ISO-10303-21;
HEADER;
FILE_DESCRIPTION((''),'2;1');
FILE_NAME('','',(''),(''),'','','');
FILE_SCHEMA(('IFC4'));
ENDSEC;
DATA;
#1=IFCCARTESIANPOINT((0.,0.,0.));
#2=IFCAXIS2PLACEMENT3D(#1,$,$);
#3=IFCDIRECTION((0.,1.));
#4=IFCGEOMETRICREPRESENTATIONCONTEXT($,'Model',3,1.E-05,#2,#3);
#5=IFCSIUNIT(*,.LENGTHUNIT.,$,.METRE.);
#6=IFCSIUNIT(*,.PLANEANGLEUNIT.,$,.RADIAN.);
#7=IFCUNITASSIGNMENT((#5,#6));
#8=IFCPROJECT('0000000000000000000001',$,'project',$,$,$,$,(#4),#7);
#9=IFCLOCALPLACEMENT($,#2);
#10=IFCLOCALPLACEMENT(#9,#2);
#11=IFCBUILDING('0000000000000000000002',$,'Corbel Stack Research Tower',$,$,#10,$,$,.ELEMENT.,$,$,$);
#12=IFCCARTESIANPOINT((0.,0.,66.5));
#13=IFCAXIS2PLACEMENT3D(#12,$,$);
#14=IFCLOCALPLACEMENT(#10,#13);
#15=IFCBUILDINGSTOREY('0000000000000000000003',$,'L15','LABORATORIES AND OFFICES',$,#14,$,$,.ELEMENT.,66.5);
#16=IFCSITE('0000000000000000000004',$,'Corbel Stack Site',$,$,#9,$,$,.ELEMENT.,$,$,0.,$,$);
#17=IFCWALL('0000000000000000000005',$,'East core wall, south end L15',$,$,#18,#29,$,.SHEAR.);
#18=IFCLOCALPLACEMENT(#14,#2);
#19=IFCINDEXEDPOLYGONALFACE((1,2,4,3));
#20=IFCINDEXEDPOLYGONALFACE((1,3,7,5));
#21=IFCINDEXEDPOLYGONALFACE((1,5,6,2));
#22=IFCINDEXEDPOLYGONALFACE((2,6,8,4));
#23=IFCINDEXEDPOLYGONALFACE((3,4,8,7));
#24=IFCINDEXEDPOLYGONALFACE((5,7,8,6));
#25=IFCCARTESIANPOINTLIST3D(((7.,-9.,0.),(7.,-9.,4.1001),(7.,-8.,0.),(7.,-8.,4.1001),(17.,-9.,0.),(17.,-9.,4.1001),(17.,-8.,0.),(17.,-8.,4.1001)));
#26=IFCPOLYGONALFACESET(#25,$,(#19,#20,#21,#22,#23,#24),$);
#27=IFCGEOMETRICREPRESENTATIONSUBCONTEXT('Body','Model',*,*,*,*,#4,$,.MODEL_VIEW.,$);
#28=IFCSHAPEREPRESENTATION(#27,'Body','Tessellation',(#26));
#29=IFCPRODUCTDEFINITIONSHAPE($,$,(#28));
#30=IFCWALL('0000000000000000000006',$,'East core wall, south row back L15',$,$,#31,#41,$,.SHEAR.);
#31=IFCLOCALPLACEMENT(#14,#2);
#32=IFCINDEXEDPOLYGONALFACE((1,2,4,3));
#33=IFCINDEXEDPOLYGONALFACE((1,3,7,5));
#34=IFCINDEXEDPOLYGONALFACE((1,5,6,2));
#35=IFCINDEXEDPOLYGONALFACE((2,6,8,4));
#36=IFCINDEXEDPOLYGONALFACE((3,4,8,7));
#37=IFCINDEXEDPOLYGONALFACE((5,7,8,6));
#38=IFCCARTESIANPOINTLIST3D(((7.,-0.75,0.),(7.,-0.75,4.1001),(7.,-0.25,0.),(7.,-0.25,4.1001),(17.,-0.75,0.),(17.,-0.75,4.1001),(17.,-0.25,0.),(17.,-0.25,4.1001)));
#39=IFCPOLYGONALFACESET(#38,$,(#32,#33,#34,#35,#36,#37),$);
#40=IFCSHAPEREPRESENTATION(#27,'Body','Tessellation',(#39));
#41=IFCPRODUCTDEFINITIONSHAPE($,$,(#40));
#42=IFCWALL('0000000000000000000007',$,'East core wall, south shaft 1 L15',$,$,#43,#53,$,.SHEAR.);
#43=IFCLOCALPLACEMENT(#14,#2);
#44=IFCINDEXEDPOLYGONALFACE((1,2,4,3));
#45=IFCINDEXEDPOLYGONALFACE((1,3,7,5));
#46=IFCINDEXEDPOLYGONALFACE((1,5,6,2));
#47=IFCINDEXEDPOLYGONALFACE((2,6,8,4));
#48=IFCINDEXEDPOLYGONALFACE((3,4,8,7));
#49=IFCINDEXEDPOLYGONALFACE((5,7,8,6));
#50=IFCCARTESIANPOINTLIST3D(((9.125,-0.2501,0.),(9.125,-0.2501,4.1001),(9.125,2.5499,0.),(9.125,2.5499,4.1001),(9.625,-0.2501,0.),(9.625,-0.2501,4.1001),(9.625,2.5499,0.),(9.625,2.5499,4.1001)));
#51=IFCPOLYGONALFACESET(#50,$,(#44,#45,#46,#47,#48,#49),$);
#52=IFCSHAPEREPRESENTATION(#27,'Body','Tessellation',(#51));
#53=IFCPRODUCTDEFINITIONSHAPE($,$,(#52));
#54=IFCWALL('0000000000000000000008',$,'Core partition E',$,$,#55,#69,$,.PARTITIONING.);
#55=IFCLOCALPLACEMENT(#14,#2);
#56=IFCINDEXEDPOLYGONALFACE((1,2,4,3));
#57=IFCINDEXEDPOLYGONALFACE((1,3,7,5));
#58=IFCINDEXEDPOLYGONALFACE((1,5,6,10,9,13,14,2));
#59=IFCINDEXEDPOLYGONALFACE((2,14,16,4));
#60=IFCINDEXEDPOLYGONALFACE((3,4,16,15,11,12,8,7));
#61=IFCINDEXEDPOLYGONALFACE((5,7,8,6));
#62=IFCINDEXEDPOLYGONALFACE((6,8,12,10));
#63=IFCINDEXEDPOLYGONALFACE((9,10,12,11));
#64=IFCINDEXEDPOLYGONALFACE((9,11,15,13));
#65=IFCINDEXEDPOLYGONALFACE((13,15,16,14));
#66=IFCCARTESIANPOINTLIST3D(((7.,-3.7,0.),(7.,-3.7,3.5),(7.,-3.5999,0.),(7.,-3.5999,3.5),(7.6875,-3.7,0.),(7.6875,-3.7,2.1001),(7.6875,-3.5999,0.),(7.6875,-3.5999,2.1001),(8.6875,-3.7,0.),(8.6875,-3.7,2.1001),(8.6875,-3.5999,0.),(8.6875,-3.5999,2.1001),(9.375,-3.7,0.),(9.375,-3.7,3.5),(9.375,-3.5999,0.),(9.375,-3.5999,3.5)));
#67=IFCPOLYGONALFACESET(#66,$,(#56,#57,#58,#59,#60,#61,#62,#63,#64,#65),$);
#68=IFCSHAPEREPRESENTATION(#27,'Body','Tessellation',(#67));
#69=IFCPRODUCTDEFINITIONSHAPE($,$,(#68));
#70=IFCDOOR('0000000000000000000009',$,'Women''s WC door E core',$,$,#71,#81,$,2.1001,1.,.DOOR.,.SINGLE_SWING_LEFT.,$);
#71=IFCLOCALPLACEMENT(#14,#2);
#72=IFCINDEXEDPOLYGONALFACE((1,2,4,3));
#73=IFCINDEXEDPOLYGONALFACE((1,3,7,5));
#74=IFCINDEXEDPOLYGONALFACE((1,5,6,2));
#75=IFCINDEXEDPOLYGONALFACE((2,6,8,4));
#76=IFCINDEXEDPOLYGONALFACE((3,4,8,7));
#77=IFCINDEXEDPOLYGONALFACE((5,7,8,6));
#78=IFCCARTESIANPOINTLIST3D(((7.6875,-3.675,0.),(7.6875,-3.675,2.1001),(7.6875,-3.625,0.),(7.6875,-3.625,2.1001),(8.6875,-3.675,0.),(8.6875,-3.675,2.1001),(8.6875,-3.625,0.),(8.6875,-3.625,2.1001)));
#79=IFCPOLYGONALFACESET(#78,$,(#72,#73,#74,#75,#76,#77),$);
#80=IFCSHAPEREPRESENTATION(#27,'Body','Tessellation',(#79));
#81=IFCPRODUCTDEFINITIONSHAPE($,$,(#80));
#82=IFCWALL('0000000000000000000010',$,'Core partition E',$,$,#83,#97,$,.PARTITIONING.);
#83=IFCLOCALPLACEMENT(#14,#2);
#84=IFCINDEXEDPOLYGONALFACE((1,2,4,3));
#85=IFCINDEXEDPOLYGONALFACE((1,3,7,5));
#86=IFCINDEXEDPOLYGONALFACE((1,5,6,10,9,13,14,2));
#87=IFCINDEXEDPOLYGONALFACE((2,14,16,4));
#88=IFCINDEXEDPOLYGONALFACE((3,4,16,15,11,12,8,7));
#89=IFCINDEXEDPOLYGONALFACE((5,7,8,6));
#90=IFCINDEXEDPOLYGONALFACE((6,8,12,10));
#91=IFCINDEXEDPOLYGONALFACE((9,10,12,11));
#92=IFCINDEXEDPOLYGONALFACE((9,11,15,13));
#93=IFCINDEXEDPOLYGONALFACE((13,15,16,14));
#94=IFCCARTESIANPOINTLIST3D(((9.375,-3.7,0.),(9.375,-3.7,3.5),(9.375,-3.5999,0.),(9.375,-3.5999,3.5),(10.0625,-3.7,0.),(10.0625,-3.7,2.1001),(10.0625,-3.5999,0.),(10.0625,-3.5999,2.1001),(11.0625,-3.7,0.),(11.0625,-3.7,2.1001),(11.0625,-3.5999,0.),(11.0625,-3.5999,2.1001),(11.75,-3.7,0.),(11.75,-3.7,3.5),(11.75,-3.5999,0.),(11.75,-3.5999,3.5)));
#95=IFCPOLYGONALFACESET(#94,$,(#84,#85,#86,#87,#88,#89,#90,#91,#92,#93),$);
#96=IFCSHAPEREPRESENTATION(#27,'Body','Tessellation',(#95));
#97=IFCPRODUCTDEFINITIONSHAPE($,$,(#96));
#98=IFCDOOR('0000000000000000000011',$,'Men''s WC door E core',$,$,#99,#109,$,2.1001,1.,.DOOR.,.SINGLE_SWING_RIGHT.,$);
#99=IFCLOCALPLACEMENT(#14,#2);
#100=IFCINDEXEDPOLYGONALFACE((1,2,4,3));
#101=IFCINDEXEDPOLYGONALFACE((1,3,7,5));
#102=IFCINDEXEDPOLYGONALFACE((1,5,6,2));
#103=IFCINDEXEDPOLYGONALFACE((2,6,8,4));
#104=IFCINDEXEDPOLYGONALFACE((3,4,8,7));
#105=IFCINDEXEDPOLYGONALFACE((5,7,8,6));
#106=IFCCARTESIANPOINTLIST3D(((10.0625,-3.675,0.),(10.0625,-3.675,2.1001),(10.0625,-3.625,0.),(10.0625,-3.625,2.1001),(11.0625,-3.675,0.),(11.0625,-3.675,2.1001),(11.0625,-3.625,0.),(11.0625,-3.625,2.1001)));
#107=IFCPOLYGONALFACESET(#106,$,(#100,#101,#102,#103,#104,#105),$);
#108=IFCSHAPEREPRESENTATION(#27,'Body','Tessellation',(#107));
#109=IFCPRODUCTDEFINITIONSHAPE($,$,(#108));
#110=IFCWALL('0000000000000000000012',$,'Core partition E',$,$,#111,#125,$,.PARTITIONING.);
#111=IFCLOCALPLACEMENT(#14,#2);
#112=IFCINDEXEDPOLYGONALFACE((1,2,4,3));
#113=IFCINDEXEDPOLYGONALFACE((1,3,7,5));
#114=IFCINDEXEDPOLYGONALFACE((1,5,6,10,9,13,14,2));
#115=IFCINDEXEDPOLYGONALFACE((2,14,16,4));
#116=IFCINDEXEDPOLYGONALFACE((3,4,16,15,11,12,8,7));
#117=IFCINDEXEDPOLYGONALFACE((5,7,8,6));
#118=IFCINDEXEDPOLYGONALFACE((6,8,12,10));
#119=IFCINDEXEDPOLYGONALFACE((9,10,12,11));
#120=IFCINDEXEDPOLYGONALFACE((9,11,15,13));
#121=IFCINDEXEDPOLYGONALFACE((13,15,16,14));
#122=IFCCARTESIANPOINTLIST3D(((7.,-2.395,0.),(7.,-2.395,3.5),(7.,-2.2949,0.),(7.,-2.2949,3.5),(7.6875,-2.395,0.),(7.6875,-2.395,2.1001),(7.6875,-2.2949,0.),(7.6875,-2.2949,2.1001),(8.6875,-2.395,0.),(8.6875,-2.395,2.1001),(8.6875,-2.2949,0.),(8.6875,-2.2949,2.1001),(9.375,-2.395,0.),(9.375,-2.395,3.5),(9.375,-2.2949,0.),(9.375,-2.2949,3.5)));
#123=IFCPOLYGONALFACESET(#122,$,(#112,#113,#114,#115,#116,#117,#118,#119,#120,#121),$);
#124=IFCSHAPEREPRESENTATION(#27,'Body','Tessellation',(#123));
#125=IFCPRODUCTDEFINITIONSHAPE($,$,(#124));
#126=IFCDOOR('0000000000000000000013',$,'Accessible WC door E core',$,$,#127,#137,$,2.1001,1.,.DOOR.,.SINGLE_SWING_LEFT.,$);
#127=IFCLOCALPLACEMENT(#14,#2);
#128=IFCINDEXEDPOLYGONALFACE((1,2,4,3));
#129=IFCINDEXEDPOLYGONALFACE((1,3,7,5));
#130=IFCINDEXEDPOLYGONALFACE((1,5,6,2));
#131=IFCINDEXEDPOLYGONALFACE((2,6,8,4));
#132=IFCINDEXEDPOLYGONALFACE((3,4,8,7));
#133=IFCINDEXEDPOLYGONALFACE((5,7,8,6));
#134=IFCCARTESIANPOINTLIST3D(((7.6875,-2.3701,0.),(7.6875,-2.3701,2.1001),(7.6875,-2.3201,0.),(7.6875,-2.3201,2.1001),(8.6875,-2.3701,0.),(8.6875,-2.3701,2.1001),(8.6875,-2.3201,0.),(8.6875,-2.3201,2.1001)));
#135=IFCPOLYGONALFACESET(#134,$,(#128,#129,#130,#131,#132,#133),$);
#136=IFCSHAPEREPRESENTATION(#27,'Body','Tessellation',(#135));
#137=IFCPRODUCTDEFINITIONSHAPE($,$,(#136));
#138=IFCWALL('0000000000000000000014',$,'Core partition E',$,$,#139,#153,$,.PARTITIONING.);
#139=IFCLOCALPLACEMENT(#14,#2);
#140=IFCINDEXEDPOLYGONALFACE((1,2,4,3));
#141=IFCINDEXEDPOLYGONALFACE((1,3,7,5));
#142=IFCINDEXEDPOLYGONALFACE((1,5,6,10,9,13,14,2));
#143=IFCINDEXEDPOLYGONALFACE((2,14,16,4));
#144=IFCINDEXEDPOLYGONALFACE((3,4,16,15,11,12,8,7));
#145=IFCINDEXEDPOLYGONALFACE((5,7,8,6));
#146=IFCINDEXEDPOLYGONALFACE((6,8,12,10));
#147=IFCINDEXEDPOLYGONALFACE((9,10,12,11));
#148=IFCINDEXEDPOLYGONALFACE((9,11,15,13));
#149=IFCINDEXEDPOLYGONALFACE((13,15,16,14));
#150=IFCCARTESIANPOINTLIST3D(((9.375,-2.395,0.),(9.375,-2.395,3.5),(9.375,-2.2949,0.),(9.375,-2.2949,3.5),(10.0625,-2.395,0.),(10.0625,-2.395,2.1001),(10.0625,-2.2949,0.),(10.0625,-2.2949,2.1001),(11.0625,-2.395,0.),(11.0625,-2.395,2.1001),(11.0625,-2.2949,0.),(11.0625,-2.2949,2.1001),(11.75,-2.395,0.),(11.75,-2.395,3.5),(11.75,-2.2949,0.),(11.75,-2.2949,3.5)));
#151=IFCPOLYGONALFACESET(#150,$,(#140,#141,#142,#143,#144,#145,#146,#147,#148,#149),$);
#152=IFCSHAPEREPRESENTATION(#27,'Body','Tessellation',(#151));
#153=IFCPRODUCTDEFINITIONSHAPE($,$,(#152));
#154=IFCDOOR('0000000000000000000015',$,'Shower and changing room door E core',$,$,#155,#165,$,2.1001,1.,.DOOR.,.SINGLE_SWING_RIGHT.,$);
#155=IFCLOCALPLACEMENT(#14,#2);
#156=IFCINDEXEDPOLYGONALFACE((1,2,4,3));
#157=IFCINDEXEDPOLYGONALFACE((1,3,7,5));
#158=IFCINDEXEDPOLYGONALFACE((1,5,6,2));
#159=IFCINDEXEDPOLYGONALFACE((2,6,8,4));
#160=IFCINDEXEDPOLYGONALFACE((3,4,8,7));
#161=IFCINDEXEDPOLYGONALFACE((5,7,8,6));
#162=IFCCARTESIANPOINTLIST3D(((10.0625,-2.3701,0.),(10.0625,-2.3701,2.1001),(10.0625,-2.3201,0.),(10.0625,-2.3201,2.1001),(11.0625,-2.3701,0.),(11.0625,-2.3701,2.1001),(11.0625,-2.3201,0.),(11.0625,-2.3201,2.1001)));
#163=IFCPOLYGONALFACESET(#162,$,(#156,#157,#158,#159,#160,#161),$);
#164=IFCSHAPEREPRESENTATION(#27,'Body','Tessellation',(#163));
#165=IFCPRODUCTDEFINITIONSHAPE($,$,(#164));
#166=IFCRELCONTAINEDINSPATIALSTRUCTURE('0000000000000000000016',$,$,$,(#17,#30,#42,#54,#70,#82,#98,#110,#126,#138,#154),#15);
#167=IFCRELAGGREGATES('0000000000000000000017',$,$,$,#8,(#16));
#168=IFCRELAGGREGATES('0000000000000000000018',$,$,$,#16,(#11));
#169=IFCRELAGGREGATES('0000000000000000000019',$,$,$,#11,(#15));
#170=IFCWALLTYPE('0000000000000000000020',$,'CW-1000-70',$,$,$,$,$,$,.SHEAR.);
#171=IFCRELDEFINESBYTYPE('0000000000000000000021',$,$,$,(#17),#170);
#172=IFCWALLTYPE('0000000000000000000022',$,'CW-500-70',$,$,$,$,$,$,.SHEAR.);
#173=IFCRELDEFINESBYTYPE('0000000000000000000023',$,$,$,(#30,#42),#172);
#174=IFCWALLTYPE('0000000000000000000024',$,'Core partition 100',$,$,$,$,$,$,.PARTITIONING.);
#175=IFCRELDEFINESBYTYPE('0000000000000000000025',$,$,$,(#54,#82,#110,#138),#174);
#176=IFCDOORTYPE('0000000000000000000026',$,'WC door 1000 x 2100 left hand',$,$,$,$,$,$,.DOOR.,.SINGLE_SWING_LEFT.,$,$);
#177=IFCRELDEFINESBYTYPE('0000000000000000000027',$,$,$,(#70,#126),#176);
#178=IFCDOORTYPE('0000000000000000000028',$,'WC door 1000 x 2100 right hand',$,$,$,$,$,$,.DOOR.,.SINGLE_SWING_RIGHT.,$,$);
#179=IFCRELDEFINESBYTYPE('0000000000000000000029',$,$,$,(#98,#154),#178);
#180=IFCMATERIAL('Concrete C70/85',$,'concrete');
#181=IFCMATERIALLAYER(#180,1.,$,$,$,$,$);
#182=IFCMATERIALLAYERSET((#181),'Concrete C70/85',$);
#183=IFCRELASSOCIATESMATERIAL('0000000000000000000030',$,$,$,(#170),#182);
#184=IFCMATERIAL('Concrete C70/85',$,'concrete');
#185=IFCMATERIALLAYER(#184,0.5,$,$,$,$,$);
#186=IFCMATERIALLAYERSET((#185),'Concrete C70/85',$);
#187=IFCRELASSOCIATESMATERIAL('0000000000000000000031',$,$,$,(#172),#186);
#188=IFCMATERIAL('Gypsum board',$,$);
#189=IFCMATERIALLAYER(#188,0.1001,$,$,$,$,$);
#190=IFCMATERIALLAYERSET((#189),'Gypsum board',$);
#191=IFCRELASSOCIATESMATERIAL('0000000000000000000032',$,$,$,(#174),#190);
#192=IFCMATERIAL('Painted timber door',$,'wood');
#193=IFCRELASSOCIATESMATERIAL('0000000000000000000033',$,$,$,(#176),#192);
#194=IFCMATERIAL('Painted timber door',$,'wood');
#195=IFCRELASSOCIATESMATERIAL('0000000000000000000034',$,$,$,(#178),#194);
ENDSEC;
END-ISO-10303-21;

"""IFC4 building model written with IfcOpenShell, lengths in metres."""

from ifc_helpers import new_model, si_unit, direction, frame, frame_2d, origin, place, context, subcontext, project, spatial, rectangle, extrude, material, layer, layer_set, type_object, element, fill, save


model = new_model("IFC4")

# Units and contexts
model_context = context("Model", 3, precision=1e-05, world=origin(), true_north=direction((0.0, 1.0)))
body_context = subcontext(model_context, "Body", "Model", "MODEL_VIEW")
ifc_project = project(units=[si_unit("LENGTHUNIT", "METRE"), si_unit("PLANEANGLEUNIT", "RADIAN")], contexts=[model_context])

# Site, building, storey
site_placement = place(None, origin())
site = spatial("IfcSite", under=ifc_project, at=site_placement, Name="Corbel Stack Site", CompositionType="ELEMENT", RefElevation=0.0)
building_placement = place(site_placement, origin())
building = spatial("IfcBuilding", under=site, at=building_placement, Name="Corbel Stack Research Tower", CompositionType="ELEMENT")
storey_placement = place(building_placement, frame((0.0, 0.0, 66.5)))
storey = spatial("IfcBuildingStorey", under=building, at=storey_placement, Name="L15", Description="LABORATORIES AND OFFICES", CompositionType="ELEMENT", Elevation=66.5)

# Shared definitions
ifc_material_1 = material(Name="Concrete C70/85", Category="concrete")
ifc_layer_1 = layer(ifc_material_1, 1.0)
ifc_layer_set_1 = layer_set([ifc_layer_1], Name="Concrete C70/85")
wall_type_1 = type_object("IfcWallType", Name="CW-1000-70", PredefinedType="SHEAR", material=ifc_layer_set_1)

# Walls
wall_1_placement = place(storey_placement, frame((7.0, -8.5, 0.0), z_axis=(0.0, 0.0, 1.0), x_axis=(1.0, 0.0, 0.0)))
element("IfcWall", 1, at=wall_1_placement, inside=storey, type_object=wall_type_1, Name="East core wall, south end L15", PredefinedType="SHEAR", context=body_context, shape_type="SweptSolid", body=[
    extrude(rectangle(XDim=10.0, YDim=1.0, at=frame_2d((5.0, 0.0))), origin(), (0.0, 0.0, 1.0), 4.1001),
])
ifc_material_2 = material(Name="Concrete C70/85", Category="concrete")
ifc_layer_2 = layer(ifc_material_2, 0.5)
ifc_layer_set_2 = layer_set([ifc_layer_2], Name="Concrete C70/85")
wall_type_2 = type_object("IfcWallType", Name="CW-500-70", PredefinedType="SHEAR", material=ifc_layer_set_2)
wall_2_placement = place(storey_placement, frame((7.0, -0.5, 0.0), z_axis=(0.0, 0.0, 1.0), x_axis=(1.0, 0.0, 0.0)))
element("IfcWall", 2, at=wall_2_placement, inside=storey, type_object=wall_type_2, Name="East core wall, south row back L15", PredefinedType="SHEAR", context=body_context, shape_type="SweptSolid", body=[
    extrude(rectangle(XDim=10.0, YDim=0.5, at=frame_2d((5.0, 0.0))), origin(), (0.0, 0.0, 1.0), 4.1001),
])
wall_3_placement = place(storey_placement, frame((9.375, -0.25, 0.0), z_axis=(0.0, 0.0, 1.0), x_axis=(0.0, 1.0, 0.0)))
element("IfcWall", 3, at=wall_3_placement, inside=storey, type_object=wall_type_2, Name="East core wall, south shaft 1 L15", PredefinedType="SHEAR", context=body_context, shape_type="SweptSolid", body=[
    extrude(rectangle(XDim=2.8, YDim=0.5, at=frame_2d((1.3999, 0.0))), origin(), (0.0, 0.0, 1.0), 4.1001),
])

# Walls, openings, doors
ifc_material_3 = material(Name="Gypsum board")
ifc_layer_3 = layer(ifc_material_3, 0.1001)
ifc_layer_set_3 = layer_set([ifc_layer_3], Name="Gypsum board")
wall_type_3 = type_object("IfcWallType", Name="Core partition 100", PredefinedType="PARTITIONING", material=ifc_layer_set_3)
wall_4_placement = place(storey_placement, frame((7.0, -3.6499, 0.0), z_axis=(0.0, 0.0, 1.0), x_axis=(1.0, 0.0, 0.0)))
wall_4 = element("IfcWall", 4, at=wall_4_placement, inside=storey, type_object=wall_type_3, Name="Core partition E", PredefinedType="PARTITIONING", context=body_context, shape_type="SweptSolid", body=[
    extrude(rectangle(XDim=2.375, YDim=0.1001, at=frame_2d((1.1875, 0.0))), origin(), (0.0, 0.0, 1.0), 3.5),
])
opening_1_placement = place(wall_4_placement, frame((0.6875, 0.0, 0.0)))
opening_1 = element("IfcOpeningElement", 5, at=opening_1_placement, cuts=wall_4, PredefinedType="OPENING", context=body_context, shape_type="SweptSolid", body=[
    extrude(rectangle(XDim=1.0, YDim=2.1001, at=frame_2d((0.5, 1.05))), frame((0.0, 0.0601, 0.0), z_axis=(0.0, -1.0, 0.0), x_axis=(1.0, 0.0, 0.0)), (0.0, 0.0, 1.0), 0.1201),
])
ifc_material_4 = material(Name="Painted timber door", Category="wood")
door_type_1 = type_object("IfcDoorType", Name="WC door 1000 x 2100 left hand", OperationType="SINGLE_SWING_LEFT", PredefinedType="DOOR", material=ifc_material_4)
door_1_placement = place(opening_1_placement, origin())
door_1 = element("IfcDoor", 6, at=door_1_placement, inside=storey, type_object=door_type_1, Name="Women's WC door E core", OperationType="SINGLE_SWING_LEFT", OverallHeight=2.1001, OverallWidth=1.0, PredefinedType="DOOR", context=body_context, shape_type="SweptSolid", body=[
    extrude(rectangle(XDim=1.0, YDim=2.1001, at=frame_2d((0.5, 1.05))), frame((0.0, 0.0249, 0.0), z_axis=(0.0, -1.0, 0.0), x_axis=(1.0, 0.0, 0.0)), (0.0, 0.0, 1.0), 0.05),
])
fill(opening_1, door_1)
wall_5_placement = place(storey_placement, frame((9.375, -3.6499, 0.0), z_axis=(0.0, 0.0, 1.0), x_axis=(1.0, 0.0, 0.0)))
wall_5 = element("IfcWall", 7, at=wall_5_placement, inside=storey, type_object=wall_type_3, Name="Core partition E", PredefinedType="PARTITIONING", context=body_context, shape_type="SweptSolid", body=[
    extrude(rectangle(XDim=2.375, YDim=0.1001, at=frame_2d((1.1875, 0.0))), origin(), (0.0, 0.0, 1.0), 3.5),
])
opening_2_placement = place(wall_5_placement, frame((0.6875, 0.0, 0.0)))
opening_2 = element("IfcOpeningElement", 8, at=opening_2_placement, cuts=wall_5, PredefinedType="OPENING", context=body_context, shape_type="SweptSolid", body=[
    extrude(rectangle(XDim=1.0, YDim=2.1001, at=frame_2d((0.5, 1.05))), frame((0.0, 0.0601, 0.0), z_axis=(0.0, -1.0, 0.0), x_axis=(1.0, 0.0, 0.0)), (0.0, 0.0, 1.0), 0.1201),
])
ifc_material_5 = material(Name="Painted timber door", Category="wood")
door_type_2 = type_object("IfcDoorType", Name="WC door 1000 x 2100 right hand", OperationType="SINGLE_SWING_RIGHT", PredefinedType="DOOR", material=ifc_material_5)
door_2_placement = place(opening_2_placement, origin())
door_2 = element("IfcDoor", 9, at=door_2_placement, inside=storey, type_object=door_type_2, Name="Men's WC door E core", OperationType="SINGLE_SWING_RIGHT", OverallHeight=2.1001, OverallWidth=1.0, PredefinedType="DOOR", context=body_context, shape_type="SweptSolid", body=[
    extrude(rectangle(XDim=1.0, YDim=2.1001, at=frame_2d((0.5, 1.05))), frame((0.0, 0.0249, 0.0), z_axis=(0.0, -1.0, 0.0), x_axis=(1.0, 0.0, 0.0)), (0.0, 0.0, 1.0), 0.05),
])
fill(opening_2, door_2)
wall_6_placement = place(storey_placement, frame((7.0, -2.345, 0.0), z_axis=(0.0, 0.0, 1.0), x_axis=(1.0, 0.0, 0.0)))
wall_6 = element("IfcWall", 10, at=wall_6_placement, inside=storey, type_object=wall_type_3, Name="Core partition E", PredefinedType="PARTITIONING", context=body_context, shape_type="SweptSolid", body=[
    extrude(rectangle(XDim=2.375, YDim=0.1001, at=frame_2d((1.1875, 0.0))), origin(), (0.0, 0.0, 1.0), 3.5),
])
opening_3_placement = place(wall_6_placement, frame((0.6875, 0.0, 0.0)))
opening_3 = element("IfcOpeningElement", 11, at=opening_3_placement, cuts=wall_6, PredefinedType="OPENING", context=body_context, shape_type="SweptSolid", body=[
    extrude(rectangle(XDim=1.0, YDim=2.1001, at=frame_2d((0.5, 1.05))), frame((0.0, 0.0601, 0.0), z_axis=(0.0, -1.0, 0.0), x_axis=(1.0, 0.0, 0.0)), (0.0, 0.0, 1.0), 0.1201),
])
door_3_placement = place(opening_3_placement, origin())
door_3 = element("IfcDoor", 12, at=door_3_placement, inside=storey, type_object=door_type_1, Name="Accessible WC door E core", OperationType="SINGLE_SWING_LEFT", OverallHeight=2.1001, OverallWidth=1.0, PredefinedType="DOOR", context=body_context, shape_type="SweptSolid", body=[
    extrude(rectangle(XDim=1.0, YDim=2.1001, at=frame_2d((0.5, 1.05))), frame((0.0, 0.0249, 0.0), z_axis=(0.0, -1.0, 0.0), x_axis=(1.0, 0.0, 0.0)), (0.0, 0.0, 1.0), 0.05),
])
fill(opening_3, door_3)
wall_7_placement = place(storey_placement, frame((9.375, -2.345, 0.0), z_axis=(0.0, 0.0, 1.0), x_axis=(1.0, 0.0, 0.0)))
wall_7 = element("IfcWall", 13, at=wall_7_placement, inside=storey, type_object=wall_type_3, Name="Core partition E", PredefinedType="PARTITIONING", context=body_context, shape_type="SweptSolid", body=[
    extrude(rectangle(XDim=2.375, YDim=0.1001, at=frame_2d((1.1875, 0.0))), origin(), (0.0, 0.0, 1.0), 3.5),
])
opening_4_placement = place(wall_7_placement, frame((0.6875, 0.0, 0.0)))
opening_4 = element("IfcOpeningElement", 14, at=opening_4_placement, cuts=wall_7, PredefinedType="OPENING", context=body_context, shape_type="SweptSolid", body=[
    extrude(rectangle(XDim=1.0, YDim=2.1001, at=frame_2d((0.5, 1.05))), frame((0.0, 0.0601, 0.0), z_axis=(0.0, -1.0, 0.0), x_axis=(1.0, 0.0, 0.0)), (0.0, 0.0, 1.0), 0.1201),
])
door_4_placement = place(opening_4_placement, origin())
door_4 = element("IfcDoor", 15, at=door_4_placement, inside=storey, type_object=door_type_2, Name="Shower and changing room door E core", OperationType="SINGLE_SWING_RIGHT", OverallHeight=2.1001, OverallWidth=1.0, PredefinedType="DOOR", context=body_context, shape_type="SweptSolid", body=[
    extrude(rectangle(XDim=1.0, YDim=2.1001, at=frame_2d((0.5, 1.05))), frame((0.0, 0.0249, 0.0), z_axis=(0.0, -1.0, 0.0), x_axis=(1.0, 0.0, 0.0)), (0.0, 0.0, 1.0), 0.05),
])
fill(opening_4, door_4)

save(model, "model.ifc")
